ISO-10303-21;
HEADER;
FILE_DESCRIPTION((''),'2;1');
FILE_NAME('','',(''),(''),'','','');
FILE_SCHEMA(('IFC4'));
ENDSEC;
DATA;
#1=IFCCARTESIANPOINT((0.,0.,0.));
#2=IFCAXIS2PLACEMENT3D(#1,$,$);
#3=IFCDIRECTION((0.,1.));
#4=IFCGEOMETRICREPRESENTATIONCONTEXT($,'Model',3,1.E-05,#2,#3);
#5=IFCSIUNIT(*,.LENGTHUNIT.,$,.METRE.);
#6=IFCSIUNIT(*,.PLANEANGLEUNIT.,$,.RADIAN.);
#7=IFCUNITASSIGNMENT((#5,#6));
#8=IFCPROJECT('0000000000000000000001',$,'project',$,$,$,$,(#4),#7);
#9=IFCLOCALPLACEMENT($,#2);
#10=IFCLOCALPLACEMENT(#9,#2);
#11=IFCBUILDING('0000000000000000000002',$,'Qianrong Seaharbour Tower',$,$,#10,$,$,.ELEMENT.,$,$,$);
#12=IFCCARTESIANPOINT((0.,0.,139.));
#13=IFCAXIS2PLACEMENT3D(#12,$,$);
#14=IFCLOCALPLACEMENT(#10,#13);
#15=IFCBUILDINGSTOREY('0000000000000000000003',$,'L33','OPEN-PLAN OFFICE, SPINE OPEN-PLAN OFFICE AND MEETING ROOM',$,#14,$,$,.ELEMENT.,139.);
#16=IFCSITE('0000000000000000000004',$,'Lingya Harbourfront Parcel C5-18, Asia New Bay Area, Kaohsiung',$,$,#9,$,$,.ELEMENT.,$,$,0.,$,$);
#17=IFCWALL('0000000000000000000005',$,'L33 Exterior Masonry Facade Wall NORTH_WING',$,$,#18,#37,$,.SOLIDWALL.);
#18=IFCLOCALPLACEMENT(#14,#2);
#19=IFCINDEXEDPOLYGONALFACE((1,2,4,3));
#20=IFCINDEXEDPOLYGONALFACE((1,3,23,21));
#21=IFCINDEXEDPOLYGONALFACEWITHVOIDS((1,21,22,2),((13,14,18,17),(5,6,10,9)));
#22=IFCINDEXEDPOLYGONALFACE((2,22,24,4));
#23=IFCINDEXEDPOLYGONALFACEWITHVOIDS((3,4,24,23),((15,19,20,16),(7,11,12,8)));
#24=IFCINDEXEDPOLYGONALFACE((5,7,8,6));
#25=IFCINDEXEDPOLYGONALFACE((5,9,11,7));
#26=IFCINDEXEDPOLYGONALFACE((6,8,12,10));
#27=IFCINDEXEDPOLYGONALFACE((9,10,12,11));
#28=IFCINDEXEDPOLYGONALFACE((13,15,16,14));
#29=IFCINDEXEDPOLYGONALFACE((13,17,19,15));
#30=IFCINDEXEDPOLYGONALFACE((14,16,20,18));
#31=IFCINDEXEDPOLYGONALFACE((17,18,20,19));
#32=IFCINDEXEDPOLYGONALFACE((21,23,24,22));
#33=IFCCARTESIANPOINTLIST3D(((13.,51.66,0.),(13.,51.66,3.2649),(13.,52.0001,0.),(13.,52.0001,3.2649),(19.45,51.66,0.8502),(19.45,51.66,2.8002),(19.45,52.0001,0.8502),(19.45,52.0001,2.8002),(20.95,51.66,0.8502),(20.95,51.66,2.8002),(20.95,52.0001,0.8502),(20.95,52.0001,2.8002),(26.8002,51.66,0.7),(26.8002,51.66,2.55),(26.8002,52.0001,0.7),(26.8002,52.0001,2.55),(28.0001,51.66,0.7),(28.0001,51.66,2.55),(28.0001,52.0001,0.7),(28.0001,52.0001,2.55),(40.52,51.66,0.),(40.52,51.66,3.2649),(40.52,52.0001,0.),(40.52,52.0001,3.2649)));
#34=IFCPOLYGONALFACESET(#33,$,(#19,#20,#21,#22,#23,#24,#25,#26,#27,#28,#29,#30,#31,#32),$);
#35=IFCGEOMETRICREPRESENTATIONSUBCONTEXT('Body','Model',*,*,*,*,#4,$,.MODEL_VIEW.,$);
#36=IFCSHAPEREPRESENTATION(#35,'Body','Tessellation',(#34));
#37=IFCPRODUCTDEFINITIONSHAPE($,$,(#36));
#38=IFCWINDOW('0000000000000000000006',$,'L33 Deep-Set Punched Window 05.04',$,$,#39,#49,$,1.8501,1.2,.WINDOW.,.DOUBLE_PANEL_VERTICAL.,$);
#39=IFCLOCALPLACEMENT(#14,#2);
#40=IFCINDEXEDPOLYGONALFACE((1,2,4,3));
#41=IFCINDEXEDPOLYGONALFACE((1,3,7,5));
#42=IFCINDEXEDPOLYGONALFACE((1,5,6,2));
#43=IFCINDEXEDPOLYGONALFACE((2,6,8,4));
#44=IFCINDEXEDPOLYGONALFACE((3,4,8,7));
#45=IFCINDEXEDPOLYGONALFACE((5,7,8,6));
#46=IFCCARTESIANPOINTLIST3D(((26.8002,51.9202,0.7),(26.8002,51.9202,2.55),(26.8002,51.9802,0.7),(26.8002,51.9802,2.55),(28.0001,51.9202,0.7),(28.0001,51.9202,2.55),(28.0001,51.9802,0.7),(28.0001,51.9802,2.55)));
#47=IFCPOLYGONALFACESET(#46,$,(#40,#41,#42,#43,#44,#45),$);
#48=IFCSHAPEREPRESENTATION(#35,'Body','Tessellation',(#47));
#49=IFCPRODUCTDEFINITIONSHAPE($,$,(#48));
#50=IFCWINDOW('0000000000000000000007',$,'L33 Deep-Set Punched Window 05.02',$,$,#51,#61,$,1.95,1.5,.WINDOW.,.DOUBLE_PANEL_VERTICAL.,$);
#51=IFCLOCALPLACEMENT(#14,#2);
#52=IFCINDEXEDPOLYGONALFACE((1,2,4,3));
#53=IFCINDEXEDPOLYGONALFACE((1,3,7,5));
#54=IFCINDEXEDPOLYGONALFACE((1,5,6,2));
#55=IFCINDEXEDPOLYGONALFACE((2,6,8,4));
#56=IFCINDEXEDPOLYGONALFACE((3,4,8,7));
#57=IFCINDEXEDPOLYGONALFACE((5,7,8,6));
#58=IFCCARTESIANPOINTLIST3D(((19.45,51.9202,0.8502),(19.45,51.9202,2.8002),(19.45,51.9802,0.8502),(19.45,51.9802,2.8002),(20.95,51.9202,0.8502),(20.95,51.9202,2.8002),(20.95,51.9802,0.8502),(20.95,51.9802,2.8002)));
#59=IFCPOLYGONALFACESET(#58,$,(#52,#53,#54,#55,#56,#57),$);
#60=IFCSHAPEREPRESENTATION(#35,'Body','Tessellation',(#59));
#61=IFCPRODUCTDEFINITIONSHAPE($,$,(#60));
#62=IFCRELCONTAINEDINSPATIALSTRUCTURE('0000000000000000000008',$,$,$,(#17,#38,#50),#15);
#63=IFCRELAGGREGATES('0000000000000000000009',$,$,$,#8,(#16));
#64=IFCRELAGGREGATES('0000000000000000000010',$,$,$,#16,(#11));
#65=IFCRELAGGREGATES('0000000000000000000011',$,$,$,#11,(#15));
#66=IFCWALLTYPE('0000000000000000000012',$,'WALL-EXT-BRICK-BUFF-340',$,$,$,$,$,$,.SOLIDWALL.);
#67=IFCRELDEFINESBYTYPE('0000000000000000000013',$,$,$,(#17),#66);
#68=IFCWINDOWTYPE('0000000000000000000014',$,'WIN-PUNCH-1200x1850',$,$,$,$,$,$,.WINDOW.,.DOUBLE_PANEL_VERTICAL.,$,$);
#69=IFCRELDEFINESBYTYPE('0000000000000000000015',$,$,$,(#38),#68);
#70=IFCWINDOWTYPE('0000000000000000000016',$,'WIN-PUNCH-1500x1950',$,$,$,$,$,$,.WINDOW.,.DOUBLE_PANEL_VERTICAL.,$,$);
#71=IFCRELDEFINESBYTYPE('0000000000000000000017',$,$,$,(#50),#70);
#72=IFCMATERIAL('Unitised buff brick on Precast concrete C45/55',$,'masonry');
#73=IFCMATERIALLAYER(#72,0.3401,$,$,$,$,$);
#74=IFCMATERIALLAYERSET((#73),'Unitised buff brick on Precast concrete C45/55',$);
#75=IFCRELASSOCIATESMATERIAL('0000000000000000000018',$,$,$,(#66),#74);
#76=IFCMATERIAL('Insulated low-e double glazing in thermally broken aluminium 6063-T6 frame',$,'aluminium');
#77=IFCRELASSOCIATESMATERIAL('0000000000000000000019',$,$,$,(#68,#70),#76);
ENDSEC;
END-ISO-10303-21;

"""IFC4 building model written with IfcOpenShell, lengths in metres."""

from ifc_helpers import new_model, si_unit, direction, frame, frame_2d, origin, place, context, subcontext, project, spatial, rectangle, extrude, material, layer, layer_set, type_object, element, fill, save


model = new_model("IFC4")

# Units and contexts
model_context = context("Model", 3, precision=1e-05, world=origin(), true_north=direction((0.0, 1.0)))
body_context = subcontext(model_context, "Body", "Model", "MODEL_VIEW")
ifc_project = project(units=[si_unit("LENGTHUNIT", "METRE"), si_unit("PLANEANGLEUNIT", "RADIAN")], contexts=[model_context])

# Site, building, storey
site_placement = place(None, origin())
site = spatial("IfcSite", under=ifc_project, at=site_placement, Name="Lingya Harbourfront Parcel C5-18, Asia New Bay Area, Kaohsiung", CompositionType="ELEMENT", RefElevation=0.0)
building_placement = place(site_placement, origin())
building = spatial("IfcBuilding", under=site, at=building_placement, Name="Qianrong Seaharbour Tower", CompositionType="ELEMENT")
storey_placement = place(building_placement, frame((0.0, 0.0, 139.0)))
storey = spatial("IfcBuildingStorey", under=building, at=storey_placement, Name="L33", Description="OPEN-PLAN OFFICE, SPINE OPEN-PLAN OFFICE AND MEETING ROOM", CompositionType="ELEMENT", Elevation=139.0)

# Shared definitions
ifc_material_1 = material(Name="Unitised buff brick on Precast concrete C45/55", Category="masonry")
ifc_layer_1 = layer(ifc_material_1, 0.3401)
ifc_layer_set_1 = layer_set([ifc_layer_1], Name="Unitised buff brick on Precast concrete C45/55")
wall_type_1 = type_object("IfcWallType", Name="WALL-EXT-BRICK-BUFF-340", PredefinedType="SOLIDWALL", material=ifc_layer_set_1)

# Wall, openings, windows
wall_1_placement = place(storey_placement, frame((13.0, 51.8301, 0.0), z_axis=(0.0, 0.0, 1.0), x_axis=(1.0, 0.0, 0.0)))
wall_1 = element("IfcWall", 1, at=wall_1_placement, inside=storey, type_object=wall_type_1, Name="L33 Exterior Masonry Facade Wall NORTH_WING", PredefinedType="SOLIDWALL", context=body_context, shape_type="SweptSolid", body=[
    extrude(rectangle(XDim=27.52, YDim=0.3401, at=frame_2d((13.76, 0.0))), origin(), (0.0, 0.0, 1.0), 3.2649),
])
opening_1_placement = place(wall_1_placement, frame((6.45, 0.0, 0.8501)))
opening_1 = element("IfcOpeningElement", 2, at=opening_1_placement, cuts=wall_1, PredefinedType="OPENING", context=body_context, shape_type="SweptSolid", body=[
    extrude(rectangle(XDim=1.5, YDim=1.95, at=frame_2d((0.75, 0.9751))), frame((0.0, 0.1802, 0.0), z_axis=(0.0, -1.0, 0.0), x_axis=(1.0, 0.0, 0.0)), (0.0, 0.0, 1.0), 0.3601),
])
opening_2_placement = place(wall_1_placement, frame((13.8, 0.0, 0.7)))
opening_2 = element("IfcOpeningElement", 3, at=opening_2_placement, cuts=wall_1, PredefinedType="OPENING", context=body_context, shape_type="SweptSolid", body=[
    extrude(rectangle(XDim=1.2, YDim=1.8501, at=frame_2d((0.6001, 0.925))), frame((0.0, 0.1802, 0.0), z_axis=(0.0, -1.0, 0.0), x_axis=(1.0, 0.0, 0.0)), (0.0, 0.0, 1.0), 0.3601),
])
ifc_material_2 = material(Name="Insulated low-e double glazing in thermally broken aluminium 6063-T6 frame", Category="aluminium")
window_type_1 = type_object("IfcWindowType", Name="WIN-PUNCH-1200x1850", PartitioningType="DOUBLE_PANEL_VERTICAL", PredefinedType="WINDOW", material=ifc_material_2)
window_1_placement = place(opening_2_placement, origin())
window_1 = element("IfcWindow", 4, at=window_1_placement, inside=storey, type_object=window_type_1, Name="L33 Deep-Set Punched Window 05.04", OverallHeight=1.8501, OverallWidth=1.2, PartitioningType="DOUBLE_PANEL_VERTICAL", PredefinedType="WINDOW", context=body_context, shape_type="SweptSolid", body=[
    extrude(rectangle(XDim=1.2, YDim=1.8501, at=frame_2d((0.6001, 0.925))), frame((0.0, 0.1501, 0.0), z_axis=(0.0, -1.0, 0.0), x_axis=(1.0, 0.0, 0.0)), (0.0, 0.0, 1.0), 0.0601),
])
fill(opening_2, window_1)
window_type_2 = type_object("IfcWindowType", Name="WIN-PUNCH-1500x1950", PartitioningType="DOUBLE_PANEL_VERTICAL", PredefinedType="WINDOW", material=ifc_material_2)
window_2_placement = place(opening_1_placement, origin())
window_2 = element("IfcWindow", 5, at=window_2_placement, inside=storey, type_object=window_type_2, Name="L33 Deep-Set Punched Window 05.02", OverallHeight=1.95, OverallWidth=1.5, PartitioningType="DOUBLE_PANEL_VERTICAL", PredefinedType="WINDOW", context=body_context, shape_type="SweptSolid", body=[
    extrude(rectangle(XDim=1.5, YDim=1.95, at=frame_2d((0.75, 0.9751))), frame((0.0, 0.1501, 0.0), z_axis=(0.0, -1.0, 0.0), x_axis=(1.0, 0.0, 0.0)), (0.0, 0.0, 1.0), 0.0601),
])
fill(opening_1, window_2)

save(model, "model.ifc")
